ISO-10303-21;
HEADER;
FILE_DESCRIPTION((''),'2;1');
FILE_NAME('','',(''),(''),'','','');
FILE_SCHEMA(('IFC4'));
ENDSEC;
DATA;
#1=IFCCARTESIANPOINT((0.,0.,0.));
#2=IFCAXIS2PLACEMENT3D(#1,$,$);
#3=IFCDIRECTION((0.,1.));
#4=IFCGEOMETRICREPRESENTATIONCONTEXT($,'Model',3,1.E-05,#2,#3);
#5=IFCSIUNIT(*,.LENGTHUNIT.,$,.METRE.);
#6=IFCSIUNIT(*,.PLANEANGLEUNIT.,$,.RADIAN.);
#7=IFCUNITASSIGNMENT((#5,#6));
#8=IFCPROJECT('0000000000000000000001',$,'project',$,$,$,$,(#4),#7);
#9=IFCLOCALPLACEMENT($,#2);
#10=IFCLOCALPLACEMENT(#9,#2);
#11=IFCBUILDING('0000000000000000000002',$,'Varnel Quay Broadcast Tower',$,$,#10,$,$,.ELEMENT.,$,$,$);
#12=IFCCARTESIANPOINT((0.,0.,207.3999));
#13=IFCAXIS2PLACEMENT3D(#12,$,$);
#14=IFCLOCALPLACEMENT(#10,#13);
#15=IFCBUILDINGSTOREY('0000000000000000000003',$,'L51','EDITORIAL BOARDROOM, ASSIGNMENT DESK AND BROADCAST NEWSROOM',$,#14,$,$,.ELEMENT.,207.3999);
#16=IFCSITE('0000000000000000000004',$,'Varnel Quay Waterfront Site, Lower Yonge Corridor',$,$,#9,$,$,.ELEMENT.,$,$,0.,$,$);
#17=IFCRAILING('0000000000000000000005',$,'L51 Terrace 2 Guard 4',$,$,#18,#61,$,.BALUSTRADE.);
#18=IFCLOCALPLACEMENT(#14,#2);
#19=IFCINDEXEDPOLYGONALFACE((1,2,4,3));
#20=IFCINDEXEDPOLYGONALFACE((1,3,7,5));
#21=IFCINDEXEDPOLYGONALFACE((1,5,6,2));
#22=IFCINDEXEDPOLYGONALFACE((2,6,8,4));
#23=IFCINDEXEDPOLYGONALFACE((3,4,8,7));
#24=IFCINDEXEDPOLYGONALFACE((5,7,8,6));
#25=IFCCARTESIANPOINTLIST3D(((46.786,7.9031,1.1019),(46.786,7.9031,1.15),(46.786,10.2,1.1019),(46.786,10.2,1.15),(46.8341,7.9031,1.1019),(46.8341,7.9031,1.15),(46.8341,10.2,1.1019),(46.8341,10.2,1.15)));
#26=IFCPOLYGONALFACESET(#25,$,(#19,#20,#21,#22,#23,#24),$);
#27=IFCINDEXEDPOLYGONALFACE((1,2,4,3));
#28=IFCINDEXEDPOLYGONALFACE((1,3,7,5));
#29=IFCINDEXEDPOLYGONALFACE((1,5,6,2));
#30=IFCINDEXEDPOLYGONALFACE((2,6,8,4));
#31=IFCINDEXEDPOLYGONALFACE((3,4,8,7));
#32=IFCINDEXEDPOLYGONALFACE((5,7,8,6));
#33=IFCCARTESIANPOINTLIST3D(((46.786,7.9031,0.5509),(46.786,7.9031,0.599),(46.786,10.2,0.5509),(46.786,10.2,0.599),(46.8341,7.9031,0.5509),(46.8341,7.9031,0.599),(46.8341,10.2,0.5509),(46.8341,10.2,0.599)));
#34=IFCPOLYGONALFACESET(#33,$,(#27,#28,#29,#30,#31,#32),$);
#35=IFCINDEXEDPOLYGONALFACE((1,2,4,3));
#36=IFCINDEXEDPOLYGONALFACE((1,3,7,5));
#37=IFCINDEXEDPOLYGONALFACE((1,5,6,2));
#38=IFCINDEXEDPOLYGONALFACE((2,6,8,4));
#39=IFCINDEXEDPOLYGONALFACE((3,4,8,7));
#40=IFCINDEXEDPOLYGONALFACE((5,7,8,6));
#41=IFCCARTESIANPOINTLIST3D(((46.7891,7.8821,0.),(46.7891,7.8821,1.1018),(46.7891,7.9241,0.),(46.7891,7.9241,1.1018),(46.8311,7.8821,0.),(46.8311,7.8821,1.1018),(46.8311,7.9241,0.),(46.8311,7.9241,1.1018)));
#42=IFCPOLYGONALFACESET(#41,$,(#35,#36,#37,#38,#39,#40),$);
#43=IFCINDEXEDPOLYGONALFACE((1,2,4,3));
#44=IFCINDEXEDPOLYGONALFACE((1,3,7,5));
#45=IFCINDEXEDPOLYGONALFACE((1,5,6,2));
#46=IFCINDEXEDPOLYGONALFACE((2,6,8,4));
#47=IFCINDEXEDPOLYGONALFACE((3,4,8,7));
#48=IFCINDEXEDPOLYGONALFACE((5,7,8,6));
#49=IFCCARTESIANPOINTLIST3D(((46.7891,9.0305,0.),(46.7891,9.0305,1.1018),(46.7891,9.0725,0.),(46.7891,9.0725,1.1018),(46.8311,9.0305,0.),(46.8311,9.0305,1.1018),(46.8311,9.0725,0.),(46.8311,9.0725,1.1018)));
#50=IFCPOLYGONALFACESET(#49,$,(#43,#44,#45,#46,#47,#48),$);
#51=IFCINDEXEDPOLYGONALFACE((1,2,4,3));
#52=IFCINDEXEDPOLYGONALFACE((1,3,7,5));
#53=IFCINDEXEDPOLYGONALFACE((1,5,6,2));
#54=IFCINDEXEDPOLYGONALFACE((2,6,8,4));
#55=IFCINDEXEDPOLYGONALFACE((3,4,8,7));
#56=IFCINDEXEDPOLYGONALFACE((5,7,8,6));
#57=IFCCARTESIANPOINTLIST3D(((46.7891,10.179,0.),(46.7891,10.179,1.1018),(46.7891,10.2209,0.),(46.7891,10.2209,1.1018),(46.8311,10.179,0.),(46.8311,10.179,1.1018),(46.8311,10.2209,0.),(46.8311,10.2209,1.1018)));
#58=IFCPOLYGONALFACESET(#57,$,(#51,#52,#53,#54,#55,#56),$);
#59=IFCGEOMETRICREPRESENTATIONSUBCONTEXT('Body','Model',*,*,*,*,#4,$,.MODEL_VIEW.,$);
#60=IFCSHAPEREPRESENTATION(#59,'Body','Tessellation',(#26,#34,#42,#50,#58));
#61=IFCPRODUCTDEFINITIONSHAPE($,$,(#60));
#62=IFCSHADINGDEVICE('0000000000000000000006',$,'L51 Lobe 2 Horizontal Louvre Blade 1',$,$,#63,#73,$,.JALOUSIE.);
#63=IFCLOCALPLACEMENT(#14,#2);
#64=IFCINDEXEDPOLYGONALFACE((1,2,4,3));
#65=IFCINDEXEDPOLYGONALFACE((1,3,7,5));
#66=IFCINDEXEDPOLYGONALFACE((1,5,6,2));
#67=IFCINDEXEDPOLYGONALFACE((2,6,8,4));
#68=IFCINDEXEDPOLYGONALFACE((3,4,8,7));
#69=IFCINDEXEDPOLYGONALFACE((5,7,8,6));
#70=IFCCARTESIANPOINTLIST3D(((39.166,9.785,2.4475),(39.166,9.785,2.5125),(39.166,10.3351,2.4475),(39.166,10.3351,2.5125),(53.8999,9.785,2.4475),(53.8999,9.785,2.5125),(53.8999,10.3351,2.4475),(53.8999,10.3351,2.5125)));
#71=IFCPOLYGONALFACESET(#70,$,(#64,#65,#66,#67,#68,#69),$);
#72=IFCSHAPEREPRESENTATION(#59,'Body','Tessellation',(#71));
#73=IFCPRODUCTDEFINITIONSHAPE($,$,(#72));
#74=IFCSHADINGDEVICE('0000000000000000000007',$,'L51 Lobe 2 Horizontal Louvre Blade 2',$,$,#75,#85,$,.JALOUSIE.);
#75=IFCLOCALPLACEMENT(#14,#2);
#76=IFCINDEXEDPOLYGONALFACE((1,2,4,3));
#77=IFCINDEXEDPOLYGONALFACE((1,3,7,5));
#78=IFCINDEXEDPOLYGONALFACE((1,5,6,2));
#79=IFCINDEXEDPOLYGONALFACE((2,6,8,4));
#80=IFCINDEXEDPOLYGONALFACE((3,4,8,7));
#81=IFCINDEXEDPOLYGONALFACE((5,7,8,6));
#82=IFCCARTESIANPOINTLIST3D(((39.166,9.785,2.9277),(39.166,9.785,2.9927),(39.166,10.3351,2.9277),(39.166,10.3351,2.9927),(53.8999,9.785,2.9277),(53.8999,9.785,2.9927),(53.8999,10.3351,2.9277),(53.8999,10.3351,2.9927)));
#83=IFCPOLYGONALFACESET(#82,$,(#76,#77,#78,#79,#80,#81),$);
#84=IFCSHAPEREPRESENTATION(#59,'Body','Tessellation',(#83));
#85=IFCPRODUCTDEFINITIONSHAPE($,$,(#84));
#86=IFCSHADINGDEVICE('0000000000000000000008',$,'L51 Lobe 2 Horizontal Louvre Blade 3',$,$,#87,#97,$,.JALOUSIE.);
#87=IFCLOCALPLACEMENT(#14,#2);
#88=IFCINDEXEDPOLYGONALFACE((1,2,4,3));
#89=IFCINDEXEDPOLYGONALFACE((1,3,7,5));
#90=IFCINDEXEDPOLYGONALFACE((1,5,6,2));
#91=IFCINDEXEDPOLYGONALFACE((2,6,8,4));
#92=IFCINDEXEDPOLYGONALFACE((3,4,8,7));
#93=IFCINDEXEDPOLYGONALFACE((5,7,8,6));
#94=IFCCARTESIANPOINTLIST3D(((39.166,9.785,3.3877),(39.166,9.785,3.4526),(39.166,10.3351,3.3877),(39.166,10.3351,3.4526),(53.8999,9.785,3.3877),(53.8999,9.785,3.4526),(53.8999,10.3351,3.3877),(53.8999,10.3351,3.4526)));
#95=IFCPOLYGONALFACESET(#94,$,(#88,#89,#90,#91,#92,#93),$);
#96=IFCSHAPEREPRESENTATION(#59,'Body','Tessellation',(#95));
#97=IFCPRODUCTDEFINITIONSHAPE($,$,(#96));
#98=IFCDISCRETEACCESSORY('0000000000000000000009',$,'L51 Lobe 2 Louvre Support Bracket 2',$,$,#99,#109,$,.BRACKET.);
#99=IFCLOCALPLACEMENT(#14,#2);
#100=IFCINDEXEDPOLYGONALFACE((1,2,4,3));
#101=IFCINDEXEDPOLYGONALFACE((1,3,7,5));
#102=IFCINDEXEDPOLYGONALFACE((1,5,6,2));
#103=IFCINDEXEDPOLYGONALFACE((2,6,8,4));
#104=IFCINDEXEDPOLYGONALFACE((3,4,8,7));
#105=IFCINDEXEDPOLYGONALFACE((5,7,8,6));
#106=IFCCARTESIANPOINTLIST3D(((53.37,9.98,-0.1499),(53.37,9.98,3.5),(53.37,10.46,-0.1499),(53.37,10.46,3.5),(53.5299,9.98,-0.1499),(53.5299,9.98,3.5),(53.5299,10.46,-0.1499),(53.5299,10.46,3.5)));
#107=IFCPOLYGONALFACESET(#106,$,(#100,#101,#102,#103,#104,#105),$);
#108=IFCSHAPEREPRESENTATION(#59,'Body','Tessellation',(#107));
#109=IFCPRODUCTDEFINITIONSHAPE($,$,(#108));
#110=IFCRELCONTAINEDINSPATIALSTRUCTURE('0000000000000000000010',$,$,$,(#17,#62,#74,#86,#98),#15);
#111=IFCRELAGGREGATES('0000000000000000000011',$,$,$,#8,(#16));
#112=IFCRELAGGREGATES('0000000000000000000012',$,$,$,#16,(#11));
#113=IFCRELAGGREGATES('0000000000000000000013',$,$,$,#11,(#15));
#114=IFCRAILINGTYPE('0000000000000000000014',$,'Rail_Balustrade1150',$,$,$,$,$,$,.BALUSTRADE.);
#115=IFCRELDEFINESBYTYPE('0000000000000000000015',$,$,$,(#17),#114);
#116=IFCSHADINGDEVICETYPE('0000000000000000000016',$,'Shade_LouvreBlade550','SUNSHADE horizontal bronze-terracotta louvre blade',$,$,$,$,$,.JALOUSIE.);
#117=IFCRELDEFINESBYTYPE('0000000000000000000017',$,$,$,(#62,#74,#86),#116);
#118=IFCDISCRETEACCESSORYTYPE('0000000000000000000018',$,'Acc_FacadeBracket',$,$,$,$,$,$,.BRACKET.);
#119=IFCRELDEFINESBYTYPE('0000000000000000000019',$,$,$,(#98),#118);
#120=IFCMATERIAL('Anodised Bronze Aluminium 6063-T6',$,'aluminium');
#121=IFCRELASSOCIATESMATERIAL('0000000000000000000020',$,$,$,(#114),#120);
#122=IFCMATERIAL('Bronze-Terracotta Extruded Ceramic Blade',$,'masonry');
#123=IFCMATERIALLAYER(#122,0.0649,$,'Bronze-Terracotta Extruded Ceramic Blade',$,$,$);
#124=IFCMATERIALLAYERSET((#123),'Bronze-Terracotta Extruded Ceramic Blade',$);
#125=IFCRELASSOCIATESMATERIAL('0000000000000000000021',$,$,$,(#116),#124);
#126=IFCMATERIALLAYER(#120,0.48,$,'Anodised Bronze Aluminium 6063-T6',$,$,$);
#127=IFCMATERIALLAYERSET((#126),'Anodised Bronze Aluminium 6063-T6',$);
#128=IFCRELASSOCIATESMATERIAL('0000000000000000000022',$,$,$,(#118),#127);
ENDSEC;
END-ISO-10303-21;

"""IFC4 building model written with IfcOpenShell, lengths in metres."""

from ifc_helpers import new_model, si_unit, direction, frame, origin, origin_2d, place, context, subcontext, project, spatial, rectangle, extrude, source, transform, mapped, material, layer, layer_set, type_object, type_shapes, element, save


model = new_model("IFC4")

# Units and contexts
model_context = context("Model", 3, precision=1e-05, world=origin(), true_north=direction((0.0, 1.0)))
body_context = subcontext(model_context, "Body", "Model", "MODEL_VIEW")
ifc_project = project(units=[si_unit("LENGTHUNIT", "METRE"), si_unit("PLANEANGLEUNIT", "RADIAN")], contexts=[model_context])

# Site, building, storey
site_placement = place(None, origin())
site = spatial("IfcSite", under=ifc_project, at=site_placement, Name="Varnel Quay Waterfront Site, Lower Yonge Corridor", CompositionType="ELEMENT", RefElevation=0.0)
building_placement = place(site_placement, origin())
building = spatial("IfcBuilding", under=site, at=building_placement, Name="Varnel Quay Broadcast Tower", CompositionType="ELEMENT")
storey_placement = place(building_placement, frame((0.0, 0.0, 207.3999)))
storey = spatial("IfcBuildingStorey", under=building, at=storey_placement, Name="L51", Description="EDITORIAL BOARDROOM, ASSIGNMENT DESK AND BROADCAST NEWSROOM", CompositionType="ELEMENT", Elevation=207.3999)

# Shared definitions
ifc_material_1 = material(Name="Anodised Bronze Aluminium 6063-T6", Category="aluminium")

# Railing
railing_type = type_object("IfcRailingType", Name="Rail_Balustrade1150", PredefinedType="BALUSTRADE", material=ifc_material_1)
railing_placement = place(storey_placement, frame((46.8101, 7.9031, 0.0)))
element("IfcRailing", 1, at=railing_placement, inside=storey, type_object=railing_type, Name="L51 Terrace 2 Guard 4", PredefinedType="BALUSTRADE", context=body_context, shape_type="SweptSolid", body=[
    extrude(rectangle(XDim=0.0481, YDim=0.0481, at=origin_2d()), frame((0.0, 0.0, 1.126), z_axis=(0.0, 1.0, 0.0), x_axis=(-1.0, 0.0, 0.0)), (0.0, 0.0, 1.0), 2.2969),
    extrude(rectangle(XDim=0.0481, YDim=0.0481, at=origin_2d()), frame((0.0, 0.0, 0.575), z_axis=(0.0, 1.0, 0.0), x_axis=(-1.0, 0.0, 0.0)), (0.0, 0.0, 1.0), 2.2969),
    extrude(rectangle(XDim=0.042, YDim=0.042, at=origin_2d()), origin(), (0.0, 0.0, 1.0), 1.1018),
    extrude(rectangle(XDim=0.042, YDim=0.042, at=origin_2d()), frame((0.0, 1.1484, 0.0)), (0.0, 0.0, 1.0), 1.1018),
    extrude(rectangle(XDim=0.042, YDim=0.042, at=origin_2d()), frame((0.0, 2.2969, 0.0)), (0.0, 0.0, 1.0), 1.1018),
])

# Shading devices
ifc_material_2 = material(Name="Bronze-Terracotta Extruded Ceramic Blade", Category="masonry")
ifc_layer_1 = layer(ifc_material_2, 0.0649, Name="Bronze-Terracotta Extruded Ceramic Blade")
ifc_layer_set_1 = layer_set([ifc_layer_1], Name="Bronze-Terracotta Extruded Ceramic Blade")
shading_device_type = type_object("IfcShadingDeviceType", Name="Shade_LouvreBlade550", Description="SUNSHADE horizontal bronze-terracotta louvre blade", PredefinedType="JALOUSIE", material=ifc_layer_set_1)
shared_shape_1 = source(origin(), body_context, "Body", "SweptSolid", [
    extrude(rectangle(XDim=14.7339, YDim=0.55, at=origin_2d()), origin(), (0.0, 0.0, 1.0), 0.0649),
])
type_shapes(shading_device_type, [shared_shape_1])
for number, where, z_axis, x_axis, name in (
    (2, (46.533, 10.0601, 2.4475), (0.0, 0.0, 1.0), (1.0, 0.0, 0.0), "L51 Lobe 2 Horizontal Louvre Blade 1"),
    (3, (46.533, 10.0601, 2.9277), (0.0, 0.0, 1.0), (1.0, 0.0, 0.0), "L51 Lobe 2 Horizontal Louvre Blade 2"),
    (4, (46.533, 10.0601, 3.3877), (0.0, 0.0, 1.0), (1.0, 0.0, 0.0), "L51 Lobe 2 Horizontal Louvre Blade 3"),
):
    element("IfcShadingDevice", number, at=place(storey_placement, frame(where, z_axis=z_axis, x_axis=x_axis)), inside=storey, type_object=shading_device_type, Name=name, PredefinedType="JALOUSIE", context=body_context, shape_type="MappedRepresentation", body=[
        mapped(shared_shape_1, transform((0.0, 0.0, 0.0), x_axis=(1.0, 0.0, 0.0), y_axis=(0.0, 1.0, 0.0), z_axis=(0.0, 0.0, 1.0), scale=1.0)),
    ])

# Discrete accessory
ifc_layer_2 = layer(ifc_material_1, 0.48, Name="Anodised Bronze Aluminium 6063-T6")
ifc_layer_set_2 = layer_set([ifc_layer_2], Name="Anodised Bronze Aluminium 6063-T6")
discrete_accessory_type = type_object("IfcDiscreteAccessoryType", Name="Acc_FacadeBracket", PredefinedType="BRACKET", material=ifc_layer_set_2)
shared_shape_2 = source(origin(), body_context, "Body", "SweptSolid", [
    extrude(rectangle(XDim=0.1599, YDim=0.48, at=origin_2d()), origin(), (0.0, 0.0, 1.0), 3.6499),
])
type_shapes(discrete_accessory_type, [shared_shape_2])
discrete_accessory_placement = place(storey_placement, frame((53.45, 10.22, -0.1499), z_axis=(0.0, 0.0, 1.0), x_axis=(1.0, 0.0, 0.0)))
element("IfcDiscreteAccessory", 5, at=discrete_accessory_placement, inside=storey, type_object=discrete_accessory_type, Name="L51 Lobe 2 Louvre Support Bracket 2", PredefinedType="BRACKET", context=body_context, shape_type="MappedRepresentation", body=[
    mapped(shared_shape_2, transform((0.0, 0.0, 0.0), x_axis=(1.0, 0.0, 0.0), y_axis=(0.0, 1.0, 0.0), z_axis=(0.0, 0.0, 1.0), scale=1.0)),
])

save(model, "model.ifc")
